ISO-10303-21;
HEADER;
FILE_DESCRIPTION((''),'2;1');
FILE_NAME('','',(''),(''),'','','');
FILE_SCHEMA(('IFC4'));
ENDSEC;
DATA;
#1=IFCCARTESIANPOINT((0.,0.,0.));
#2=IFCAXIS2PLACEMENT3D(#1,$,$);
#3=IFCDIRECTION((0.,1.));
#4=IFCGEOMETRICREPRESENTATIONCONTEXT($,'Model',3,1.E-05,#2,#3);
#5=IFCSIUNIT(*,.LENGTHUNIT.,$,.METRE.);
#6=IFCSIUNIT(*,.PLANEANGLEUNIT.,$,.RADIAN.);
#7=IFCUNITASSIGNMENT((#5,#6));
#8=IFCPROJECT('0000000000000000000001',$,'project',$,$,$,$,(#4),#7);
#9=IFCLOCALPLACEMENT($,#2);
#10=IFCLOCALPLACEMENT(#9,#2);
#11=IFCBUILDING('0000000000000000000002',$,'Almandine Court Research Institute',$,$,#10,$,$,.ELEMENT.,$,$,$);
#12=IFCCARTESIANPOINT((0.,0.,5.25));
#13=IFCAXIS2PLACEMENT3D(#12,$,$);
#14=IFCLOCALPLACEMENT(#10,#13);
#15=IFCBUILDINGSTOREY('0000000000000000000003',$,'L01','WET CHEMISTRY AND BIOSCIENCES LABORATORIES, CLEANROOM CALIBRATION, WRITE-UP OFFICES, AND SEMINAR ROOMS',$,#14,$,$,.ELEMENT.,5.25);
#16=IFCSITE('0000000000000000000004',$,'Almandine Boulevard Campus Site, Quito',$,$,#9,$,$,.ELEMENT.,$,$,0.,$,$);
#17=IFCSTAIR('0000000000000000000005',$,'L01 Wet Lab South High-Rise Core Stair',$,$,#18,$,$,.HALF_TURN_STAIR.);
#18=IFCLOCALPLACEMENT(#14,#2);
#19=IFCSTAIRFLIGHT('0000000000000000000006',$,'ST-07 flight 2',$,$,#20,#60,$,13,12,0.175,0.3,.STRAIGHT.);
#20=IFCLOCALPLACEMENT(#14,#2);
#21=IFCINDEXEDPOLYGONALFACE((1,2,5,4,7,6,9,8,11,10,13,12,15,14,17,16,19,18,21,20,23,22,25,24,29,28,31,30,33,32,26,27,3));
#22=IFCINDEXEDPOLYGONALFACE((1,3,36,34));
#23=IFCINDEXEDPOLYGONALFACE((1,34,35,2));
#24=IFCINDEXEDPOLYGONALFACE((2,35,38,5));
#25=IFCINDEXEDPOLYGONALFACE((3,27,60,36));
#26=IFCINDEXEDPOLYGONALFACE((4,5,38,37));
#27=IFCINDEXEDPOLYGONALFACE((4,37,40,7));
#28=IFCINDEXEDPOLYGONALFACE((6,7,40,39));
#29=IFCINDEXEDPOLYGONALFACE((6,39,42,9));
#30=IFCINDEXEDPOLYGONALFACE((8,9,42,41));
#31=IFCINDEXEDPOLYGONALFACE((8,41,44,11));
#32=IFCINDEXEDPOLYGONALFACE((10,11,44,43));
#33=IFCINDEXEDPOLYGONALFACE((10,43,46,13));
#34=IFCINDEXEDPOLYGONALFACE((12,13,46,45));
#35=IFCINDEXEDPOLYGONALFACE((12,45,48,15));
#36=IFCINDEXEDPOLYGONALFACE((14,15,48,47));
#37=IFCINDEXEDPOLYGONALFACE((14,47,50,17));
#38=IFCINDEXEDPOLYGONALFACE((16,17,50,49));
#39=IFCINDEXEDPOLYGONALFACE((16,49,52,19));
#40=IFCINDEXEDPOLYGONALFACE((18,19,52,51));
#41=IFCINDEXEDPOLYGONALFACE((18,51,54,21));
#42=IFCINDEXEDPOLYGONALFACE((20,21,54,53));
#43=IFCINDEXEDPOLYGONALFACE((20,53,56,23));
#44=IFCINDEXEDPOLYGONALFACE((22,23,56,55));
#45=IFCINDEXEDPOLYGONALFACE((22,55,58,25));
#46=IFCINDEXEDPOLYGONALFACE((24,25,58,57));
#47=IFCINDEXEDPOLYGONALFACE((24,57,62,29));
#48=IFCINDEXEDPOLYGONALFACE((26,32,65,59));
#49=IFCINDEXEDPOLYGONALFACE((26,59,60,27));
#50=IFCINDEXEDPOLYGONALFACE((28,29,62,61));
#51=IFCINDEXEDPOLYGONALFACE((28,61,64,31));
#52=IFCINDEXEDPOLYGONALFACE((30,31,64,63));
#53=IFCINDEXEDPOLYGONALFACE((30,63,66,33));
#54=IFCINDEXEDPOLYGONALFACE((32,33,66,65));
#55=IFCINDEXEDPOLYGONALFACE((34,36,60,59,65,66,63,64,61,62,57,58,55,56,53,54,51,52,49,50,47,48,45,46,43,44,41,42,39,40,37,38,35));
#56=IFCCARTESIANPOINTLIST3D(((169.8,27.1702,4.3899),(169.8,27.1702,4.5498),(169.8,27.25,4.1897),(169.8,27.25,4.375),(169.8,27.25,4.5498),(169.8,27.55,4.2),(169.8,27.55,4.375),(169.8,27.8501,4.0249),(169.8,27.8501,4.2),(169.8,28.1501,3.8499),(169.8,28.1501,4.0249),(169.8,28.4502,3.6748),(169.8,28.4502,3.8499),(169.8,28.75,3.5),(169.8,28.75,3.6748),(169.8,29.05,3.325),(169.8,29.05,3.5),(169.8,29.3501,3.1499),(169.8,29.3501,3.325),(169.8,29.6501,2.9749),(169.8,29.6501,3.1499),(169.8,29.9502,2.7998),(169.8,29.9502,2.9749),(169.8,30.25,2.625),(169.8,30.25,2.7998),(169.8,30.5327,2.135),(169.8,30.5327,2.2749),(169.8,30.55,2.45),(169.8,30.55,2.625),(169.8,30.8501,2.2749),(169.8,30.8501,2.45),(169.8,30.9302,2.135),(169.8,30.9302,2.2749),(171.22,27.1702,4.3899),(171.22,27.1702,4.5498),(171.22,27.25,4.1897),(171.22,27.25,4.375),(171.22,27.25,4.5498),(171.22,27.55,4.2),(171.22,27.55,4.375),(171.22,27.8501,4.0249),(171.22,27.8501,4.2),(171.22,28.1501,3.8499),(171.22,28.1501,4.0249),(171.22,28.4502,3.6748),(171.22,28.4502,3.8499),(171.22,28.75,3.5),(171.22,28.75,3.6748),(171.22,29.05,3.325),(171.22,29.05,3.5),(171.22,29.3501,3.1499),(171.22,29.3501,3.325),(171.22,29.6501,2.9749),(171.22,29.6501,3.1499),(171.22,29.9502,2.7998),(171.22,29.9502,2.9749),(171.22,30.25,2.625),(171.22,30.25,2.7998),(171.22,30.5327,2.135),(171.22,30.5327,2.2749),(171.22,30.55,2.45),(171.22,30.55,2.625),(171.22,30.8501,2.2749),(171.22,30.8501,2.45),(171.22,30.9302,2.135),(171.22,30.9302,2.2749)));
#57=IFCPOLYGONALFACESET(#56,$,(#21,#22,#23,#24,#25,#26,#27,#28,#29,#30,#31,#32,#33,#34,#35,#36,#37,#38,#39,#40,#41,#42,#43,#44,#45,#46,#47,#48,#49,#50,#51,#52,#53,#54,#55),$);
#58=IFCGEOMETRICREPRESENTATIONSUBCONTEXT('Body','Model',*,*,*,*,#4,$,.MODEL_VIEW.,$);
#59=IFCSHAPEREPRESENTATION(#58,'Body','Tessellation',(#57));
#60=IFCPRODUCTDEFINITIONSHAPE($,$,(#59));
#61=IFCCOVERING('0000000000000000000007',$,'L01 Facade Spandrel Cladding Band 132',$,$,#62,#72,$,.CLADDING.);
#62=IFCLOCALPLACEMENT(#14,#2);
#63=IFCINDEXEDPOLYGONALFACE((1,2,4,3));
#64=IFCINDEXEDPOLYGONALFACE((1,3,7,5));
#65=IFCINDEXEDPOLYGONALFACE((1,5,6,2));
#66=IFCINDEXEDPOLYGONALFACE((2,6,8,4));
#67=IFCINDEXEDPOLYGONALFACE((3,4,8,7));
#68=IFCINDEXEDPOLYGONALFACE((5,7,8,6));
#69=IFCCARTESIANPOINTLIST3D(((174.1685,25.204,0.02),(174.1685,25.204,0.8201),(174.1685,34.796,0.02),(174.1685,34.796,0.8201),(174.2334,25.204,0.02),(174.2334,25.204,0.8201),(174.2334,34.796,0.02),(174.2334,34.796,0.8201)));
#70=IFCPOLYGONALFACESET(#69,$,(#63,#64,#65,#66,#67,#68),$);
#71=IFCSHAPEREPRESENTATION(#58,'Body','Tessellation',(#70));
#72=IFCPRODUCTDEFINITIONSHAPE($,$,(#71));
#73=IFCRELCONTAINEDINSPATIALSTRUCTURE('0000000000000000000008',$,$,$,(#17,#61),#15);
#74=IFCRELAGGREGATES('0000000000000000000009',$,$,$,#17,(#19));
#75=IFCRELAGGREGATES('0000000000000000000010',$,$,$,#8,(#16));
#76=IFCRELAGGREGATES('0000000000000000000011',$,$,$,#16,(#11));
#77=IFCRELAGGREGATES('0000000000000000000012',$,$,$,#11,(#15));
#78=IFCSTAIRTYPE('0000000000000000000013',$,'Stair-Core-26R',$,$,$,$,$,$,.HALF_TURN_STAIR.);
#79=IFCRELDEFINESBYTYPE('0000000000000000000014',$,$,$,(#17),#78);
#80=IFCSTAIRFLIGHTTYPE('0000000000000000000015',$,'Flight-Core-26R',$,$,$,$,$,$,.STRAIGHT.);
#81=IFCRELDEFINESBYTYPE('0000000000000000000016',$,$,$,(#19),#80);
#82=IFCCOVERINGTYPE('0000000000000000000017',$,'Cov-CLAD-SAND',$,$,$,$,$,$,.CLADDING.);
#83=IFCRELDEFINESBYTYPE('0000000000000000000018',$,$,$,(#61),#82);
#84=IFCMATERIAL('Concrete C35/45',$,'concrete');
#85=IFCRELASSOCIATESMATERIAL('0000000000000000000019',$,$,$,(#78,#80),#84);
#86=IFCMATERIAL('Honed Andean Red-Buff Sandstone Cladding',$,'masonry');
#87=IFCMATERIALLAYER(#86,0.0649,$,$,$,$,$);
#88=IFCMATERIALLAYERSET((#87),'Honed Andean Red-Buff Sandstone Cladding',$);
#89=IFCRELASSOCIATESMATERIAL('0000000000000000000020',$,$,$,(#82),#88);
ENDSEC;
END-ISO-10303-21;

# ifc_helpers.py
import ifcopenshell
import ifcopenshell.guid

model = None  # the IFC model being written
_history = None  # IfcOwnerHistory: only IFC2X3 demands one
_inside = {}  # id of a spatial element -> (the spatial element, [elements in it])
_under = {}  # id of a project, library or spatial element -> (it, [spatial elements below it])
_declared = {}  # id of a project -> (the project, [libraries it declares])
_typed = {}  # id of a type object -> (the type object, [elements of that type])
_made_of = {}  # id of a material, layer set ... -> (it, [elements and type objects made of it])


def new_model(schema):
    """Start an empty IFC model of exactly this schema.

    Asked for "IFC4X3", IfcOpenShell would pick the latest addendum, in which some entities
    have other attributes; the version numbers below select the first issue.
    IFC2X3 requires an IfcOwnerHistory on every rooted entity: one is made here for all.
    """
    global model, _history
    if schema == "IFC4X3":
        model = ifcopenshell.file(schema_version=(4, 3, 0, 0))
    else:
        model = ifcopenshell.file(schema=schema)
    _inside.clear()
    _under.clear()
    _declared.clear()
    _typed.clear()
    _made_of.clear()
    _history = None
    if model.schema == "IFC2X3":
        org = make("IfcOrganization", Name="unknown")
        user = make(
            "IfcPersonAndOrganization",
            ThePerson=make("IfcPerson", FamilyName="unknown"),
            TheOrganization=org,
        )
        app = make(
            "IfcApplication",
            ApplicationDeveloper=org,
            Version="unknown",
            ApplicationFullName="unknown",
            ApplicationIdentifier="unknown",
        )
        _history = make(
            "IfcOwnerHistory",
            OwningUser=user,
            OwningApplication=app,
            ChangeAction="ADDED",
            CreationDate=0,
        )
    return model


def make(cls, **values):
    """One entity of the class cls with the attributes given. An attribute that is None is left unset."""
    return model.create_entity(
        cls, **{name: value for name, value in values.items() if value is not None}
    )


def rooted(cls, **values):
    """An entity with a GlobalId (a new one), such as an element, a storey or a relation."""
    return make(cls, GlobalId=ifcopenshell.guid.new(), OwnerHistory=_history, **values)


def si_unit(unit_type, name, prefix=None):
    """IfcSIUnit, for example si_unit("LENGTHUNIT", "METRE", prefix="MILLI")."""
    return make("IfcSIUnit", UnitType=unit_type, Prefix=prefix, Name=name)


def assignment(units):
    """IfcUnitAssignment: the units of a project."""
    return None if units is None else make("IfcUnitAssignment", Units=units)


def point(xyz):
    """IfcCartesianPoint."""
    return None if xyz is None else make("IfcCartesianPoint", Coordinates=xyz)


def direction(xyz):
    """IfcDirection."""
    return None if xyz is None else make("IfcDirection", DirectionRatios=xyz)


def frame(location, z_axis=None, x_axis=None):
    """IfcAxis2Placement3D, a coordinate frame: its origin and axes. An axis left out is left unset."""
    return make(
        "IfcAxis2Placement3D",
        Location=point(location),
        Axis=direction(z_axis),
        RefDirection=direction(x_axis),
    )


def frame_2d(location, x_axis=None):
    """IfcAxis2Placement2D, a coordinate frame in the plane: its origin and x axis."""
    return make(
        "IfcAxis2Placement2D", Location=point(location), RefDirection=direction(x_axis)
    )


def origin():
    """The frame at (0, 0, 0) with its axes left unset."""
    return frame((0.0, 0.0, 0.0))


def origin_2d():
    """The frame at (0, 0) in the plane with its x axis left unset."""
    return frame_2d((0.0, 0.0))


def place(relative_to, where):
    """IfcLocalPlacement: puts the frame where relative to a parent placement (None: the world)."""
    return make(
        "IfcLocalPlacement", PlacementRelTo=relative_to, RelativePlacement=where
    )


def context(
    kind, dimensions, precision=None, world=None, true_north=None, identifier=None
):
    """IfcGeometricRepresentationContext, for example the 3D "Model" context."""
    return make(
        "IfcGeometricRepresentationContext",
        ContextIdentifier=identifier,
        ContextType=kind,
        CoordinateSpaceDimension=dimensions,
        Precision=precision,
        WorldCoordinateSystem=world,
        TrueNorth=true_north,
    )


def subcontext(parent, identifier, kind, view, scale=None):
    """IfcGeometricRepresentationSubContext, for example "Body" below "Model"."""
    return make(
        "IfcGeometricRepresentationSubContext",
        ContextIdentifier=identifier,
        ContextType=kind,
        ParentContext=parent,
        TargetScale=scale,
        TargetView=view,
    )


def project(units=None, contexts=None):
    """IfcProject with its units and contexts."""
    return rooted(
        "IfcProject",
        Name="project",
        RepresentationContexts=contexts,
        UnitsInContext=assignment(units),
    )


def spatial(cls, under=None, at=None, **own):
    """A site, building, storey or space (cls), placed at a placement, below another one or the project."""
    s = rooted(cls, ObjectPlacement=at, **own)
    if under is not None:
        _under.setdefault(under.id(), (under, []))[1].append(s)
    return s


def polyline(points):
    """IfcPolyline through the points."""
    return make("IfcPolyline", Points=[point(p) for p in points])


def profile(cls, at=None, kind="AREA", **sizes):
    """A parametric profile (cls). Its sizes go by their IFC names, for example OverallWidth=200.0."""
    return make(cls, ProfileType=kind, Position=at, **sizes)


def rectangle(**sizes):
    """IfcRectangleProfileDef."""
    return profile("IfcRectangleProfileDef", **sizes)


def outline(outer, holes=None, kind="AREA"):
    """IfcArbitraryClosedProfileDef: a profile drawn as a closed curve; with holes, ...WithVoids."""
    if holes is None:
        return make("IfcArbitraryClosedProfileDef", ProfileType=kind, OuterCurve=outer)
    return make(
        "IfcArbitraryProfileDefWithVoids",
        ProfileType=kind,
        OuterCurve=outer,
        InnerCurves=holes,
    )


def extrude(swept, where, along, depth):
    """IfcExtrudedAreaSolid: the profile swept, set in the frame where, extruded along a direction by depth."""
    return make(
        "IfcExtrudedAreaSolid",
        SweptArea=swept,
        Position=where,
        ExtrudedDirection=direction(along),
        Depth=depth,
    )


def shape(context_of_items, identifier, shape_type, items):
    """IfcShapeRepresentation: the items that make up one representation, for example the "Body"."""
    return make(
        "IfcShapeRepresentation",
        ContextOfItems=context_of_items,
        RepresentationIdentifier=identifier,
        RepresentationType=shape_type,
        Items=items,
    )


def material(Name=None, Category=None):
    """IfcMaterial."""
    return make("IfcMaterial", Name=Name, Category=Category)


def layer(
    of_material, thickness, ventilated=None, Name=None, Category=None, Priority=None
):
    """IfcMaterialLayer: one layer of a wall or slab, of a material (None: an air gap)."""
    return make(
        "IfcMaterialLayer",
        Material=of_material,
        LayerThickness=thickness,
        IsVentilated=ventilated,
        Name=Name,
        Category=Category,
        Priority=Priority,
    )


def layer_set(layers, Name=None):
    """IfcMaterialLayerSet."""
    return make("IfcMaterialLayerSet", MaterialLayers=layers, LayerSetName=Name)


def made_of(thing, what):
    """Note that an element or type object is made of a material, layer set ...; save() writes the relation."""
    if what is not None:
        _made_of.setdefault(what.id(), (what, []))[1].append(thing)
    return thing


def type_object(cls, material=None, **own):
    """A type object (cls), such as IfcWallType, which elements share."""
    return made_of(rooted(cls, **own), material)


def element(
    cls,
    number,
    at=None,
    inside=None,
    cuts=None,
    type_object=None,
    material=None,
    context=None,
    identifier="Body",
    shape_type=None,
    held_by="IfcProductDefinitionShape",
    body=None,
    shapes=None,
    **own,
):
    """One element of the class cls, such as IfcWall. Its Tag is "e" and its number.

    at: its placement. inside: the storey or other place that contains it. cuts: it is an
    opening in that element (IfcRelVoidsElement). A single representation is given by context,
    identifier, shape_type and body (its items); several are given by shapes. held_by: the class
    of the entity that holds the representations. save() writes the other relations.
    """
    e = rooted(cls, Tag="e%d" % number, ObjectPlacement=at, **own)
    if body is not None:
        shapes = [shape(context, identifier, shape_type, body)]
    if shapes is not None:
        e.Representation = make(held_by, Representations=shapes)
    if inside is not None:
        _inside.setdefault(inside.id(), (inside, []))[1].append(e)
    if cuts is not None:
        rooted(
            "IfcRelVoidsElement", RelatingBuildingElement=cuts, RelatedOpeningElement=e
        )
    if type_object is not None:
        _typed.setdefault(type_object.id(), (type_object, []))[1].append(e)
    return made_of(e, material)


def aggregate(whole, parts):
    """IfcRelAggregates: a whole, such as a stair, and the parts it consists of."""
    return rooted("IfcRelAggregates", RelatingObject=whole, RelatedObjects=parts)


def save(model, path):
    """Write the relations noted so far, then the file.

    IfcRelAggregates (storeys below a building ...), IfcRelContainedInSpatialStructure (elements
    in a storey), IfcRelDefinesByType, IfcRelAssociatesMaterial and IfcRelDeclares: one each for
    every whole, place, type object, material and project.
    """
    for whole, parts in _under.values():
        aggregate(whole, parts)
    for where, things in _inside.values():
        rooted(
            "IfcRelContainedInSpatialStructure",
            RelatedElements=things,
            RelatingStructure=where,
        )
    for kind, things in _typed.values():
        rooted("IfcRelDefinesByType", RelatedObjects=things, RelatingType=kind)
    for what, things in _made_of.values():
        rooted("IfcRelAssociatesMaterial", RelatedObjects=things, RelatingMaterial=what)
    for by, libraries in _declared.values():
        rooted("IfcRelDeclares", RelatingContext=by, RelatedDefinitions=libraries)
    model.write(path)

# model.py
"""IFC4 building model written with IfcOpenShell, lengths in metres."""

from ifc_helpers import new_model, si_unit, direction, frame, origin, origin_2d, place, context, subcontext, project, spatial, polyline, rectangle, outline, extrude, material, layer, layer_set, type_object, element, aggregate, save


model = new_model("IFC4")

# Units and contexts
model_context = context("Model", 3, precision=1e-05, world=origin(), true_north=direction((0.0, 1.0)))
body_context = subcontext(model_context, "Body", "Model", "MODEL_VIEW")
ifc_project = project(units=[si_unit("LENGTHUNIT", "METRE"), si_unit("PLANEANGLEUNIT", "RADIAN")], contexts=[model_context])

# Site, building, storey
site_placement = place(None, origin())
site = spatial("IfcSite", under=ifc_project, at=site_placement, Name="Almandine Boulevard Campus Site, Quito", CompositionType="ELEMENT", RefElevation=0.0)
building_placement = place(site_placement, origin())
building = spatial("IfcBuilding", under=site, at=building_placement, Name="Almandine Court Research Institute", CompositionType="ELEMENT")
storey_placement = place(building_placement, frame((0.0, 0.0, 5.25)))
storey = spatial("IfcBuildingStorey", under=building, at=storey_placement, Name="L01", Description="WET CHEMISTRY AND BIOSCIENCES LABORATORIES, CLEANROOM CALIBRATION, WRITE-UP OFFICES, AND SEMINAR ROOMS", CompositionType="ELEMENT", Elevation=5.25)

# Stair, stair flight
ifc_material_1 = material(Name="Concrete C35/45", Category="concrete")
stair_type = type_object("IfcStairType", Name="Stair-Core-26R", PredefinedType="HALF_TURN_STAIR", material=ifc_material_1)
stair_placement = place(storey_placement, origin())
stair = element("IfcStair", 1, at=stair_placement, inside=storey, type_object=stair_type, Name="L01 Wet Lab South High-Rise Core Stair", PredefinedType="HALF_TURN_STAIR")
stair_flight_type = type_object("IfcStairFlightType", Name="Flight-Core-26R", PredefinedType="STRAIGHT", material=ifc_material_1)
stair_flight_1_placement = place(storey_placement, frame((170.51, 30.8501, 2.2749), z_axis=(0.0, 0.0, 1.0), x_axis=(0.0, -1.0, 0.0)))
stair_flight_1 = element("IfcStairFlight", 2, at=stair_flight_1_placement, type_object=stair_flight_type, Name="ST-07 flight 2", NumberOfRisers=13, NumberOfTreads=12, PredefinedType="STRAIGHT", RiserHeight=0.175, TreadLength=0.3, context=body_context, shape_type="SweptSolid", body=[
    extrude(outline(polyline([(-0.0801, -0.1399), (-0.0801, 0.0), (0.0, 0.0), (0.0, 0.175), (0.3, 0.175), (0.3, 0.3501), (0.6001, 0.3501), (0.6001, 0.5249), (0.8999, 0.5249), (0.8999, 0.7), (1.2, 0.7), (1.2, 0.875), (1.5, 0.875), (1.5, 1.05), (1.8, 1.05), (1.8, 1.2251), (2.1001, 1.2251), (2.1001, 1.3999), (2.3999, 1.3999), (2.3999, 1.575), (2.7, 1.575), (2.7, 1.75), (3.0, 1.75), (3.0, 1.925), (3.3, 1.925), (3.3, 2.1001), (3.6001, 2.1001), (3.6001, 2.2749), (3.6799, 2.2749), (3.6799, 2.115), (3.6001, 1.9148), (0.3174, 0.0), (0.3174, -0.1399), (-0.0801, -0.1399)])), frame((0.0, 0.71, 0.0), z_axis=(0.0, -1.0, 0.0), x_axis=(1.0, 0.0, 0.0)), (0.0, 0.0, 1.0), 1.4199),
])
aggregate(stair, [stair_flight_1])

# Covering
ifc_material_2 = material(Name="Honed Andean Red-Buff Sandstone Cladding", Category="masonry")
ifc_layer_1 = layer(ifc_material_2, 0.0649)
ifc_layer_set_1 = layer_set([ifc_layer_1], Name="Honed Andean Red-Buff Sandstone Cladding")
covering_type = type_object("IfcCoveringType", Name="Cov-CLAD-SAND", PredefinedType="CLADDING", material=ifc_layer_set_1)
covering_placement = place(storey_placement, frame((174.2009, 30.0, 0.02), z_axis=(0.0, 0.0, 1.0), x_axis=(0.0, -1.0, 0.0)))
element("IfcCovering", 3, at=covering_placement, inside=storey, type_object=covering_type, Name="L01 Facade Spandrel Cladding Band 132", PredefinedType="CLADDING", context=body_context, shape_type="SweptSolid", body=[
    extrude(rectangle(XDim=9.592, YDim=0.0649, at=origin_2d()), origin(), (0.0, 0.0, 1.0), 0.8),
])

save(model, "model.ifc")
